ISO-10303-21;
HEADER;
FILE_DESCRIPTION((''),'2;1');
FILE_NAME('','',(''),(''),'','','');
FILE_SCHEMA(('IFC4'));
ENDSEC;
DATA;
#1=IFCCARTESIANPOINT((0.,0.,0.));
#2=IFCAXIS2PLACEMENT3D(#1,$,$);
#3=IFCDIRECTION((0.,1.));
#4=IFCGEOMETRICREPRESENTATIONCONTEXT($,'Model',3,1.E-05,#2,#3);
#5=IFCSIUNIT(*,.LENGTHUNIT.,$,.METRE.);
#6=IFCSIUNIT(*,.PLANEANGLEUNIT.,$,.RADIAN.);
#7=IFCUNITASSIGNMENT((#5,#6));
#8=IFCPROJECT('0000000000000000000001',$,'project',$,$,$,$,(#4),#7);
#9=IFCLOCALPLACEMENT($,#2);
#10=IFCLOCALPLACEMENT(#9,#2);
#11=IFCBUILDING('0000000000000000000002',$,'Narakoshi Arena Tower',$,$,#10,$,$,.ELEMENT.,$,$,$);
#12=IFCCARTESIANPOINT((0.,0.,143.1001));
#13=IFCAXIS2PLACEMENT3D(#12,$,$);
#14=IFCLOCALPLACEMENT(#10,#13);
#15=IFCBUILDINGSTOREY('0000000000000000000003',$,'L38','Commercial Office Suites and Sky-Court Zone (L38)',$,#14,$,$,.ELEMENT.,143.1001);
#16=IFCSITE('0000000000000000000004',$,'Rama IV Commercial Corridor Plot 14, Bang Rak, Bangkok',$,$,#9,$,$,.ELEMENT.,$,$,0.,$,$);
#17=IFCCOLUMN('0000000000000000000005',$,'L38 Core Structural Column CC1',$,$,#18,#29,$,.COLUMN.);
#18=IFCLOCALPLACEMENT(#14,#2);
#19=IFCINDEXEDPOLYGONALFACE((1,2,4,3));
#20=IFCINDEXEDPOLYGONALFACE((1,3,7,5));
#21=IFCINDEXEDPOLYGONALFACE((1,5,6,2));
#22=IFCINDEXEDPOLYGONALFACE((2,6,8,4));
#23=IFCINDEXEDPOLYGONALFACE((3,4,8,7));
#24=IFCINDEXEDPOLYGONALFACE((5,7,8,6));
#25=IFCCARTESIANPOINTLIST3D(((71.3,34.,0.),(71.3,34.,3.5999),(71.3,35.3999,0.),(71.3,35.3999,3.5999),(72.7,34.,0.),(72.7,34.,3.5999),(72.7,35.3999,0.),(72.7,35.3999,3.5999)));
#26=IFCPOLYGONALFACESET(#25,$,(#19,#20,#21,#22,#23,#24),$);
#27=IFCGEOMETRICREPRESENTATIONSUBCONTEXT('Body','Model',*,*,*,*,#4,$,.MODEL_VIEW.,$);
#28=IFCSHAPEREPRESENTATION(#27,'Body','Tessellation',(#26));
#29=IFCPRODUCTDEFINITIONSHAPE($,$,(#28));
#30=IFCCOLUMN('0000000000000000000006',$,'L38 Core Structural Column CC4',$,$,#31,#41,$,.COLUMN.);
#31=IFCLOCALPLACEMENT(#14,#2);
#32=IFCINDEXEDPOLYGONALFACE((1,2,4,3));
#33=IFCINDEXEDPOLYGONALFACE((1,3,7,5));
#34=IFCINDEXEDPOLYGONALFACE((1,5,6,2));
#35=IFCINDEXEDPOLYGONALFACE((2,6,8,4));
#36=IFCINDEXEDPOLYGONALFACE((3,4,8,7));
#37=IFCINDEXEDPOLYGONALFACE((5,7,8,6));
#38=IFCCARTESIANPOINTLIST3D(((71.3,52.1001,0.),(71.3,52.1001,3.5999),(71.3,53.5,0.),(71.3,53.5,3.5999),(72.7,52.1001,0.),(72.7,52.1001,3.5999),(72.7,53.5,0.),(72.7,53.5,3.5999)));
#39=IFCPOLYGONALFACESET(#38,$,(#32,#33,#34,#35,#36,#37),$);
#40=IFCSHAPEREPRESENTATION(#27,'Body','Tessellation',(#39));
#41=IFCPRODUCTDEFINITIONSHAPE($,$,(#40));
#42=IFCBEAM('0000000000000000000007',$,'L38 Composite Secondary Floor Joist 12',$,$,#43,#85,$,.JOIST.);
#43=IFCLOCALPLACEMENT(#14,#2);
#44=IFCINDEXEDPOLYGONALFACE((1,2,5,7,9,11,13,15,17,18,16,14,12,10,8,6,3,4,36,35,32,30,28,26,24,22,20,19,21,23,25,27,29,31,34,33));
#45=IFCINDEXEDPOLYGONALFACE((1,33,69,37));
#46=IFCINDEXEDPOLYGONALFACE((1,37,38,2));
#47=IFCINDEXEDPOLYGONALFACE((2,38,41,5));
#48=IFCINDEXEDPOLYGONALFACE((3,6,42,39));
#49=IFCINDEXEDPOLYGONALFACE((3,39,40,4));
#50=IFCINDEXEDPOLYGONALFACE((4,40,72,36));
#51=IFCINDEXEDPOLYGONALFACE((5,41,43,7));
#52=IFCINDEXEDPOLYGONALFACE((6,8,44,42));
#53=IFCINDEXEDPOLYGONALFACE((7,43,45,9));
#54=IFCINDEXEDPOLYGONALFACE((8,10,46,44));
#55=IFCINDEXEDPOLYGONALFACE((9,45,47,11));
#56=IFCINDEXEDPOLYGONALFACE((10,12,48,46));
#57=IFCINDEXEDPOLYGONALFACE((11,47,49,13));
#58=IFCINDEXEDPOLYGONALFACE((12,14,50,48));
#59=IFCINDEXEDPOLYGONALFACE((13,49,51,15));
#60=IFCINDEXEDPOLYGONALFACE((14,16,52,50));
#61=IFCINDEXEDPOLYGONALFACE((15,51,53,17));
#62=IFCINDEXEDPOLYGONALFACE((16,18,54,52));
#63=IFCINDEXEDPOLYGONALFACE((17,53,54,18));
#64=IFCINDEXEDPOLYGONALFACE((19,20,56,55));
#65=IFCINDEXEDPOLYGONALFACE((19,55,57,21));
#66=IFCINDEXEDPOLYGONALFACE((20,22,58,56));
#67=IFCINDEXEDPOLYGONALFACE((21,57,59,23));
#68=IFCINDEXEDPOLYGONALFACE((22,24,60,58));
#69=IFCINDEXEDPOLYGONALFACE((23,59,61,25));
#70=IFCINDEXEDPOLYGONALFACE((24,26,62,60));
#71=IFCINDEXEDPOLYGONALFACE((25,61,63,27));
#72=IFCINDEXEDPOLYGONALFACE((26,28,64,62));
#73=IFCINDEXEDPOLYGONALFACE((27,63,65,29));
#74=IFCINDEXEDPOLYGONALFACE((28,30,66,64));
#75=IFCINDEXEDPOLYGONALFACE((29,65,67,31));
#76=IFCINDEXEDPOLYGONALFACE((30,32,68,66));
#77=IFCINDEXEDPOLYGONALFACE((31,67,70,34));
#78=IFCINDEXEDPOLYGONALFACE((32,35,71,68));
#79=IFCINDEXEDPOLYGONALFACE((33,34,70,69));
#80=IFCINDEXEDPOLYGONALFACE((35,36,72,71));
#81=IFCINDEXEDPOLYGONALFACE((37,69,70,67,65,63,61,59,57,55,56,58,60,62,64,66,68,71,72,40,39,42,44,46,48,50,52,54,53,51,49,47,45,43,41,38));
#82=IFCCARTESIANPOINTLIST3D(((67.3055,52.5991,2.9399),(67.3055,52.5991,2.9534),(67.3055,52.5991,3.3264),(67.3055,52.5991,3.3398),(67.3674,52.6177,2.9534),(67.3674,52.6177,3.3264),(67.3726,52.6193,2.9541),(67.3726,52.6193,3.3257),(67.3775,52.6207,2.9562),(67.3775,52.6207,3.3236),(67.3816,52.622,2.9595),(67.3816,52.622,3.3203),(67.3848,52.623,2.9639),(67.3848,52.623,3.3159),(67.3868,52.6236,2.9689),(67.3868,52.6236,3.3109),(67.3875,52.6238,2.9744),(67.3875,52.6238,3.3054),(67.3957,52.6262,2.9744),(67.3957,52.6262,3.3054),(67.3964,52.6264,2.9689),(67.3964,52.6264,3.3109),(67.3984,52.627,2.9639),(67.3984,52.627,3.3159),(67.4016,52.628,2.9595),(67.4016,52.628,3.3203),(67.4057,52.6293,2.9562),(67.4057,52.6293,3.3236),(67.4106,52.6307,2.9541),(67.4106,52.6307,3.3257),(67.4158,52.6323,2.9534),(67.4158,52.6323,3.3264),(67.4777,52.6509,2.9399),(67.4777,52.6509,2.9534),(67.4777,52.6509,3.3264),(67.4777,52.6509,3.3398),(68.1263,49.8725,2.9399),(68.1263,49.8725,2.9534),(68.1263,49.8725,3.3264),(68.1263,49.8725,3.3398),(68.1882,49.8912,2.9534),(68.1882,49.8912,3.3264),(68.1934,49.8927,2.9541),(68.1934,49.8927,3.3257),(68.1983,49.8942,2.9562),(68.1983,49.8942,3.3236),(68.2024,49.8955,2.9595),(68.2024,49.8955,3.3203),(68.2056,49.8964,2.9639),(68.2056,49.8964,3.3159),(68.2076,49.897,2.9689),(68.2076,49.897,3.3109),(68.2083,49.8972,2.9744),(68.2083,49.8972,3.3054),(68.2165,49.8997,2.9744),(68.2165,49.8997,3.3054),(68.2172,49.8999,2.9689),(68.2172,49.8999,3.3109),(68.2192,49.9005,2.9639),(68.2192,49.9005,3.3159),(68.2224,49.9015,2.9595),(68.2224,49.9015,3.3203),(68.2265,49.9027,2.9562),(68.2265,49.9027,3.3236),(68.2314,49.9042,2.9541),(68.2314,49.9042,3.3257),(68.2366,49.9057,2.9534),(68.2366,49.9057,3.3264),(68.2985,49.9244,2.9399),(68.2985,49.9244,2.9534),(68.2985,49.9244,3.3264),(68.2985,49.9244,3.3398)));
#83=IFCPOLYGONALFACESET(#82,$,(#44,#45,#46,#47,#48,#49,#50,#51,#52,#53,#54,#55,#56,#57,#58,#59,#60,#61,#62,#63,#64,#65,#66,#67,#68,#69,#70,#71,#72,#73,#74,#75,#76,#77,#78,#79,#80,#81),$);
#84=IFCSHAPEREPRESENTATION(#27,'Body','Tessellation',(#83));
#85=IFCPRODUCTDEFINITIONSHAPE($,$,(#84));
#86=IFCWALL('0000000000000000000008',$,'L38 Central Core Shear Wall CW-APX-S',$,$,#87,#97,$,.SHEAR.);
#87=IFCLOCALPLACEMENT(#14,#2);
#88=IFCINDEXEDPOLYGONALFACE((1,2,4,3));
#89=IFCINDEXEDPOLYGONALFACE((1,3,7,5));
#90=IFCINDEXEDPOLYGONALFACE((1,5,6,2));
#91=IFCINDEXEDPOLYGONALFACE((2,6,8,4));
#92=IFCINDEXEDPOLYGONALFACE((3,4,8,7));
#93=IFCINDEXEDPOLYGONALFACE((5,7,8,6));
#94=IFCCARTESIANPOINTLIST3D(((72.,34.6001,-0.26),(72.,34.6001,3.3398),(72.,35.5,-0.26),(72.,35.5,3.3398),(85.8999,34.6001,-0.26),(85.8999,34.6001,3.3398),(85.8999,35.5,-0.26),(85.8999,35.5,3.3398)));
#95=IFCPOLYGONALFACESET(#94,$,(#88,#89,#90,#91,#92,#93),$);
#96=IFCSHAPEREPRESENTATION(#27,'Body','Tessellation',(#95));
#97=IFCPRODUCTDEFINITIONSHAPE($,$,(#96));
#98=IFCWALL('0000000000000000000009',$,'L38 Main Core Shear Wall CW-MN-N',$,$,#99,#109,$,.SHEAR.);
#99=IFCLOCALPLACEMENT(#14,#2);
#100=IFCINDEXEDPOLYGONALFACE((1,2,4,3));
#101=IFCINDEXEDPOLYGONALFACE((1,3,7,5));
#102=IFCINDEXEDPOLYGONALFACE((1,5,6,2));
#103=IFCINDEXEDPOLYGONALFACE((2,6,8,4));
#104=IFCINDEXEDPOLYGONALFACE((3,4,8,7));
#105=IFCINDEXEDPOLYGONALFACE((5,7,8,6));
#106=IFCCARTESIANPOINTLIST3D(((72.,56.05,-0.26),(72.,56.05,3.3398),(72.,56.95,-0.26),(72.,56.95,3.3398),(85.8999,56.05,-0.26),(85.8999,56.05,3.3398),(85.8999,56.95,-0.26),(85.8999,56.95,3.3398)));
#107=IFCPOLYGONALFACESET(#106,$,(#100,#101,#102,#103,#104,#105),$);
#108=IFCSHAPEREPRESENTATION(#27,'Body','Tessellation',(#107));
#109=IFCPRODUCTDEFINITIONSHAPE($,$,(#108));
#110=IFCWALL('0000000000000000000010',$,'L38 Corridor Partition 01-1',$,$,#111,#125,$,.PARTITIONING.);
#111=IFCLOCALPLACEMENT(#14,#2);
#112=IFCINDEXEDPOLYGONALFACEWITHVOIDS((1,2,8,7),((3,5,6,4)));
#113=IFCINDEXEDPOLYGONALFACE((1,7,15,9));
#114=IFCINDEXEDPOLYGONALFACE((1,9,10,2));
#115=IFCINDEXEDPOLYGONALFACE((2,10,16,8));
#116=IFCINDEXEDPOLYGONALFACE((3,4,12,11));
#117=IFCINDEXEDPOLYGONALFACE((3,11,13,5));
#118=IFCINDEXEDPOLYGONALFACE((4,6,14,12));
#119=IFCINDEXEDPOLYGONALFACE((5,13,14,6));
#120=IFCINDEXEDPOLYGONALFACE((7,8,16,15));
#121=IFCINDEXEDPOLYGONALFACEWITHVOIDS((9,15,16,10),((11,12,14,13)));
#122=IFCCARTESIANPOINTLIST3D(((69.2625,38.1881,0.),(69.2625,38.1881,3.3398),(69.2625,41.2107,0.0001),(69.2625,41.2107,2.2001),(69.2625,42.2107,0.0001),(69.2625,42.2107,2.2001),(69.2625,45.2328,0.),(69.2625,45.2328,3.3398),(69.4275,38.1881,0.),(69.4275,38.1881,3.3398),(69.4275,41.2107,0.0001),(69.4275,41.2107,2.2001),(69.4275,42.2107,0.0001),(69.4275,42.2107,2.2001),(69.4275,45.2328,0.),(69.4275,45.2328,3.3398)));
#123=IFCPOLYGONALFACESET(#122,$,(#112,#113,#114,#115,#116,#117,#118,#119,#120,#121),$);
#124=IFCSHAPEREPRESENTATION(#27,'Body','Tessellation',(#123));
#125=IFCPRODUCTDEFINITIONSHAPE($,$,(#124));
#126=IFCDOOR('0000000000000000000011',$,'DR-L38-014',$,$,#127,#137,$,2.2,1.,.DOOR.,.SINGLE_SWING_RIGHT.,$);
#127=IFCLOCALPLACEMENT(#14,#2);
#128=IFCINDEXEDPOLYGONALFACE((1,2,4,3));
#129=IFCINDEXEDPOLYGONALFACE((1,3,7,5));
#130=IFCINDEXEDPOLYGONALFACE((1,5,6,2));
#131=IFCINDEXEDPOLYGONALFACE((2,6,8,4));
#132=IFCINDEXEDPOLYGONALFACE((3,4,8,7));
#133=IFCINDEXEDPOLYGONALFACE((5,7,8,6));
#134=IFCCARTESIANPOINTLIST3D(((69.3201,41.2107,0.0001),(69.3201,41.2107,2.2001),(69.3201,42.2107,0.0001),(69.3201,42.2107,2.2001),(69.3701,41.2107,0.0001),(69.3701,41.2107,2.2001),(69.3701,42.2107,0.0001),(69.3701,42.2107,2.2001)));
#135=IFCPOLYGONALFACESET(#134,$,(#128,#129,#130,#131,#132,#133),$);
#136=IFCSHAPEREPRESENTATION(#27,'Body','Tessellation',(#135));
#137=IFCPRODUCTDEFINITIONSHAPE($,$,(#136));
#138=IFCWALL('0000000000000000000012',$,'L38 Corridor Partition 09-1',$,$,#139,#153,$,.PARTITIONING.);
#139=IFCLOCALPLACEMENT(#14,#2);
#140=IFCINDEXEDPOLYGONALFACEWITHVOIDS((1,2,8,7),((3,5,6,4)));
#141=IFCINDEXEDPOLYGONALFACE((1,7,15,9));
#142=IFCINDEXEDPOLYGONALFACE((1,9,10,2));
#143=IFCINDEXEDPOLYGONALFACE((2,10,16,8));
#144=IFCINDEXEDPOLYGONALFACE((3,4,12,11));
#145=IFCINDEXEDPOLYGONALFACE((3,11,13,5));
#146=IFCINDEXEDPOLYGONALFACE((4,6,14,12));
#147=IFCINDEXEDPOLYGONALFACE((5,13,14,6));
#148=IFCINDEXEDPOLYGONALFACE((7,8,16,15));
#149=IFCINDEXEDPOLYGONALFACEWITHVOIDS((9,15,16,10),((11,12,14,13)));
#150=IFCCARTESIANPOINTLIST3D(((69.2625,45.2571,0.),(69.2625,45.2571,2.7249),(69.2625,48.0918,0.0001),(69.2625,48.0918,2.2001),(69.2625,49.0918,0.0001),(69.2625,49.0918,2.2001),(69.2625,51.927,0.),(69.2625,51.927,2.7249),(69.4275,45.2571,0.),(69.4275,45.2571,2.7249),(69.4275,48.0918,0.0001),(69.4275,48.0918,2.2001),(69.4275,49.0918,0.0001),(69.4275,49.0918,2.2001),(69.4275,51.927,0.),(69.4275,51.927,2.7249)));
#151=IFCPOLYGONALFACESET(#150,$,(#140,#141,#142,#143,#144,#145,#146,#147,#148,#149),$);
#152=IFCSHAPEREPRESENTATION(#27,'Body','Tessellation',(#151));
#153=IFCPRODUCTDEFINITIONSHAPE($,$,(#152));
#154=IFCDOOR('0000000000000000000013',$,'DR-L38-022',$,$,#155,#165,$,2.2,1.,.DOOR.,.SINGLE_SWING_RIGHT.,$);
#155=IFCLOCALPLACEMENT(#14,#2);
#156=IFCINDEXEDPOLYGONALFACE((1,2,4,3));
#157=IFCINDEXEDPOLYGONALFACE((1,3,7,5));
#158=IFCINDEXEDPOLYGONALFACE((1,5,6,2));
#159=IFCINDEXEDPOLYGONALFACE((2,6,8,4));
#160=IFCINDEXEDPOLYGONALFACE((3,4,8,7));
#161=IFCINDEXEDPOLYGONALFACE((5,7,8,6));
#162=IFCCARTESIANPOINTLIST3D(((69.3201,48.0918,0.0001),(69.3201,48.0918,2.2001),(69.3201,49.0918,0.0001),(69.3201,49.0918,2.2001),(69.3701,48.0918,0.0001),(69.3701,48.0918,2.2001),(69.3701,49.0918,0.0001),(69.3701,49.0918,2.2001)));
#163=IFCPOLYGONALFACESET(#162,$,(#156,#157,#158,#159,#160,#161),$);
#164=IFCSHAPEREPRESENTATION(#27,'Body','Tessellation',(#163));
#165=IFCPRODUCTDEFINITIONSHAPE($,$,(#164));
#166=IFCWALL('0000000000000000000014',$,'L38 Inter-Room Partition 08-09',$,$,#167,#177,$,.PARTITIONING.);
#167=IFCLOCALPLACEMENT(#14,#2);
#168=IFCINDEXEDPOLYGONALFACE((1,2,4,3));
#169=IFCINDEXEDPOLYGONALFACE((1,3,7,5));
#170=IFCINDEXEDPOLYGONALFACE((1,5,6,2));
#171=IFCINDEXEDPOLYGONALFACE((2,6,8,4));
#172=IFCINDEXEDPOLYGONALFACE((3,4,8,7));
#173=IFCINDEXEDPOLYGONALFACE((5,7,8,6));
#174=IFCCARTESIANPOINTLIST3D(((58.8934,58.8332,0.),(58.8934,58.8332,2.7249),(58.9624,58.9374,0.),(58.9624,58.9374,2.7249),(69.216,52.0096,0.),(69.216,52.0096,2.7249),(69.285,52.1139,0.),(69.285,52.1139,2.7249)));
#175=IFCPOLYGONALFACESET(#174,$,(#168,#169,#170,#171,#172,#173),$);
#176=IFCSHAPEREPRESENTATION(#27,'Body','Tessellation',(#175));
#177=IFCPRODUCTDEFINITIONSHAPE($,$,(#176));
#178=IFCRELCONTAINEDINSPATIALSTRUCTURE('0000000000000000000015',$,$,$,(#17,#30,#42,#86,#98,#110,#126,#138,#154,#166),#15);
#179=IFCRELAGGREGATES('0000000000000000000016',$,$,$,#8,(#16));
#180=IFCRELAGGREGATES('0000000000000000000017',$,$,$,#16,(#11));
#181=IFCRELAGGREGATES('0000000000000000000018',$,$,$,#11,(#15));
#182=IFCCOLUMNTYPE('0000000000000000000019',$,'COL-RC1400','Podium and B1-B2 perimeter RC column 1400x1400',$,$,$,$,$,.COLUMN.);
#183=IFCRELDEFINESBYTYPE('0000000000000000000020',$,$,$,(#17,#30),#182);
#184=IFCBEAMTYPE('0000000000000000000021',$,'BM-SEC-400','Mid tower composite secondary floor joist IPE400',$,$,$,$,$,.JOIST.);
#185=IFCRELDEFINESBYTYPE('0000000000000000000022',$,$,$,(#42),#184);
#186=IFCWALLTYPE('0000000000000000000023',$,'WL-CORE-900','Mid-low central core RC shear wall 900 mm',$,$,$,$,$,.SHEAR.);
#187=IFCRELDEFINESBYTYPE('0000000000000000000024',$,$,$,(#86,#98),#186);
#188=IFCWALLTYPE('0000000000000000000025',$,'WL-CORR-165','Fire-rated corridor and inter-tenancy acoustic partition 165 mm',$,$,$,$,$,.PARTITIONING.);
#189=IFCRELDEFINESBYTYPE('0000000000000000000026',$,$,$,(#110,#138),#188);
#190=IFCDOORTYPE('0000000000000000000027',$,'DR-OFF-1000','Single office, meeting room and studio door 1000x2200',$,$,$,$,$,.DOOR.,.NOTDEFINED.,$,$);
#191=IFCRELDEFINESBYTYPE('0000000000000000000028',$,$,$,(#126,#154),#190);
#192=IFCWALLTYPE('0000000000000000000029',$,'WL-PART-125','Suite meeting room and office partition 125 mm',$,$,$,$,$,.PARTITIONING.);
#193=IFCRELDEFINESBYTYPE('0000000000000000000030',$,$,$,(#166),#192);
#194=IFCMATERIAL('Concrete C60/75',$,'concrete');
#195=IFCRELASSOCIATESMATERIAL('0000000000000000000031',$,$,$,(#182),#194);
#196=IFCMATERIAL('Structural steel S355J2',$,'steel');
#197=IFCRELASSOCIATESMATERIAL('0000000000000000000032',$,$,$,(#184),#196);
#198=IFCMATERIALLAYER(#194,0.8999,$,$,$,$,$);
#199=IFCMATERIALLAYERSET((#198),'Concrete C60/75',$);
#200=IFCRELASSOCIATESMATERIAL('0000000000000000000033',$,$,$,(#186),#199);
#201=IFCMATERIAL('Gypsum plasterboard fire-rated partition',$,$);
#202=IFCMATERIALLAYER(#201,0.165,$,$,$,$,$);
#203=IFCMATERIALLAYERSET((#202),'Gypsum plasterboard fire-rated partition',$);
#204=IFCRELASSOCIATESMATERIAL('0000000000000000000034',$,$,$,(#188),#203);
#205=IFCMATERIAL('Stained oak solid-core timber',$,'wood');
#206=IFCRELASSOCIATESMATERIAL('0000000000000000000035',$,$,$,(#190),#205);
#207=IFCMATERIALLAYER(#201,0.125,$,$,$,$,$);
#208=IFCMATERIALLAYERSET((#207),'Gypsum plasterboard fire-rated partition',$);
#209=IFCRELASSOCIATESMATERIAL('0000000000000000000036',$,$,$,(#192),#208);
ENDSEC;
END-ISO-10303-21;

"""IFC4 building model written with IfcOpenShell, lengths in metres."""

from ifc_helpers import new_model, si_unit, direction, frame, frame_2d, origin, origin_2d, place, context, subcontext, project, spatial, rectangle, i_section, extrude, material, layer, layer_set, material_profile, profile_set, type_object, element, fill, save


model = new_model("IFC4")

# Units and contexts
model_context = context("Model", 3, precision=1e-05, world=origin(), true_north=direction((0.0, 1.0)))
body_context = subcontext(model_context, "Body", "Model", "MODEL_VIEW")
ifc_project = project(units=[si_unit("LENGTHUNIT", "METRE"), si_unit("PLANEANGLEUNIT", "RADIAN")], contexts=[model_context])

# Site, building, storey
site_placement = place(None, origin())
site = spatial("IfcSite", under=ifc_project, at=site_placement, Name="Rama IV Commercial Corridor Plot 14, Bang Rak, Bangkok", CompositionType="ELEMENT", RefElevation=0.0)
building_placement = place(site_placement, origin())
building = spatial("IfcBuilding", under=site, at=building_placement, Name="Narakoshi Arena Tower", CompositionType="ELEMENT")
storey_placement = place(building_placement, frame((0.0, 0.0, 143.1001)))
storey = spatial("IfcBuildingStorey", under=building, at=storey_placement, Name="L38", Description="Commercial Office Suites and Sky-Court Zone (L38)", CompositionType="ELEMENT", Elevation=143.1001)

# Columns
ifc_material_1 = material(Name="Concrete C60/75", Category="concrete")
ifc_material_profile_1 = material_profile(ifc_material_1, rectangle(XDim=1.3999, YDim=1.3999, at=origin_2d()), Name="RC1400x1400")
ifc_profile_set_1 = profile_set([ifc_material_profile_1], Name="Concrete C60/75")
column_type = type_object("IfcColumnType", Name="COL-RC1400", Description="Podium and B1-B2 perimeter RC column 1400x1400", PredefinedType="COLUMN", material=ifc_profile_set_1)
for number, where, z_axis, x_axis, name in (
    (1, (72.0, 34.7, 0.0), (0.0, 0.0, 1.0), (1.0, 0.0, 0.0), "L38 Core Structural Column CC1"),
    (2, (72.0, 52.8, 0.0), (0.0, 0.0, 1.0), (1.0, 0.0, 0.0), "L38 Core Structural Column CC4"),
):
    element("IfcColumn", number, at=place(storey_placement, frame(where, z_axis=z_axis, x_axis=x_axis)), inside=storey, type_object=column_type, Name=name, PredefinedType="COLUMN", context=body_context, shape_type="SweptSolid", body=[
        extrude(rectangle(XDim=1.3999, YDim=1.3999, at=origin_2d()), origin(), (0.0, 0.0, 1.0), 3.5999),
    ])

# Beam
ifc_material_2 = material(Name="Structural steel S355J2", Category="steel")
ifc_material_profile_2 = material_profile(ifc_material_2, i_section(OverallWidth=0.1799, OverallDepth=0.3999, WebThickness=0.0085, FlangeThickness=0.0134, FilletRadius=0.021, at=origin_2d()), Name="IPE400")
ifc_profile_set_2 = profile_set([ifc_material_profile_2], Name="Structural steel S355J2")
beam_type = type_object("IfcBeamType", Name="BM-SEC-400", Description="Mid tower composite secondary floor joist IPE400", PredefinedType="JOIST", material=ifc_profile_set_2)
beam_placement = place(storey_placement, frame((67.3916, 52.625, 3.1399), z_axis=(0.28826, -0.957552, 0.0), x_axis=(0.957552, 0.28826, 0.0)))
element("IfcBeam", 3, at=beam_placement, inside=storey, type_object=beam_type, Name="L38 Composite Secondary Floor Joist 12", PredefinedType="JOIST", context=body_context, shape_type="SweptSolid", body=[
    extrude(i_section(OverallWidth=0.1799, OverallDepth=0.3999, WebThickness=0.0085, FlangeThickness=0.0134, FilletRadius=0.021, at=origin_2d()), origin(), (0.0, 0.0, 1.0), 2.8474),
])

# Walls
ifc_layer_1 = layer(ifc_material_1, 0.8999)
ifc_layer_set_1 = layer_set([ifc_layer_1], Name="Concrete C60/75")
wall_type_1 = type_object("IfcWallType", Name="WL-CORE-900", Description="Mid-low central core RC shear wall 900 mm", PredefinedType="SHEAR", material=ifc_layer_set_1)
for number, where, z_axis, x_axis, name in (
    (4, (72.0, 35.05, -0.26), (0.0, 0.0, 1.0), (1.0, 0.0, 0.0), "L38 Central Core Shear Wall CW-APX-S"),
    (5, (72.0, 56.5, -0.26), (0.0, 0.0, 1.0), (1.0, 0.0, 0.0), "L38 Main Core Shear Wall CW-MN-N"),
):
    element("IfcWall", number, at=place(storey_placement, frame(where, z_axis=z_axis, x_axis=x_axis)), inside=storey, type_object=wall_type_1, Name=name, PredefinedType="SHEAR", context=body_context, shape_type="SweptSolid", body=[
        extrude(rectangle(XDim=13.8999, YDim=0.8999, at=frame_2d((6.95, 0.0))), origin(), (0.0, 0.0, 1.0), 3.5999),
    ])

# Walls, openings, doors
ifc_material_3 = material(Name="Gypsum plasterboard fire-rated partition")
ifc_layer_2 = layer(ifc_material_3, 0.165)
ifc_layer_set_2 = layer_set([ifc_layer_2], Name="Gypsum plasterboard fire-rated partition")
wall_type_2 = type_object("IfcWallType", Name="WL-CORR-165", Description="Fire-rated corridor and inter-tenancy acoustic partition 165 mm", PredefinedType="PARTITIONING", material=ifc_layer_set_2)
wall_1_placement = place(storey_placement, frame((69.345, 45.2329, 0.0), z_axis=(0.0, 0.0, 1.0), x_axis=(0.0, -1.0, 0.0)))
wall_1 = element("IfcWall", 6, at=wall_1_placement, inside=storey, type_object=wall_type_2, Name="L38 Corridor Partition 01-1", PredefinedType="PARTITIONING", context=body_context, shape_type="SweptSolid", body=[
    extrude(rectangle(XDim=7.0447, YDim=0.165, at=frame_2d((3.5225, 0.0))), origin(), (0.0, 0.0, 1.0), 3.3398),
])
opening_1_placement = place(wall_1_placement, frame((3.0222, 0.0, 0.0)))
opening_1 = element("IfcOpeningElement", 7, at=opening_1_placement, cuts=wall_1, PredefinedType="OPENING", context=body_context, shape_type="SweptSolid", body=[
    extrude(rectangle(XDim=1.0, YDim=2.2, at=frame_2d((0.5, 1.1001))), frame((0.0, 0.0925, 0.0), z_axis=(0.0, -1.0, 0.0), x_axis=(1.0, 0.0, 0.0)), (0.0, 0.0, 1.0), 0.1851),
])
ifc_material_4 = material(Name="Stained oak solid-core timber", Category="wood")
door_type_1 = type_object("IfcDoorType", Name="DR-OFF-1000", Description="Single office, meeting room and studio door 1000x2200", OperationType="NOTDEFINED", PredefinedType="DOOR", material=ifc_material_4)
door_1_placement = place(opening_1_placement, frame((1.0, 0.0, 0.0), z_axis=(0.0, 0.0, 1.0), x_axis=(-1.0, 0.0, 0.0)))
door_1 = element("IfcDoor", 8, at=door_1_placement, inside=storey, type_object=door_type_1, Name="DR-L38-014", OperationType="SINGLE_SWING_RIGHT", OverallHeight=2.2, OverallWidth=1.0, PredefinedType="DOOR", context=body_context, shape_type="SweptSolid", body=[
    extrude(rectangle(XDim=1.0, YDim=2.2, at=frame_2d((0.5, 1.1001))), frame((0.0, 0.0249, 0.0), z_axis=(0.0, -1.0, 0.0), x_axis=(1.0, 0.0, 0.0)), (0.0, 0.0, 1.0), 0.05),
])
fill(opening_1, door_1)
wall_2_placement = place(storey_placement, frame((69.345, 51.927, 0.0), z_axis=(0.0, 0.0, 1.0), x_axis=(0.0, -1.0, 0.0)))
wall_2 = element("IfcWall", 9, at=wall_2_placement, inside=storey, type_object=wall_type_2, Name="L38 Corridor Partition 09-1", PredefinedType="PARTITIONING", context=body_context, shape_type="SweptSolid", body=[
    extrude(rectangle(XDim=6.6699, YDim=0.165, at=frame_2d((3.335, 0.0))), origin(), (0.0, 0.0, 1.0), 2.7249),
])
opening_2_placement = place(wall_2_placement, frame((2.8352, 0.0, 0.0)))
opening_2 = element("IfcOpeningElement", 10, at=opening_2_placement, cuts=wall_2, PredefinedType="OPENING", context=body_context, shape_type="SweptSolid", body=[
    extrude(rectangle(XDim=1.0, YDim=2.2, at=frame_2d((0.5, 1.1001))), frame((0.0, 0.0925, 0.0), z_axis=(0.0, -1.0, 0.0), x_axis=(1.0, 0.0, 0.0)), (0.0, 0.0, 1.0), 0.1851),
])
door_2_placement = place(opening_2_placement, frame((1.0, 0.0, 0.0), z_axis=(0.0, 0.0, 1.0), x_axis=(-1.0, 0.0, 0.0)))
door_2 = element("IfcDoor", 11, at=door_2_placement, inside=storey, type_object=door_type_1, Name="DR-L38-022", OperationType="SINGLE_SWING_RIGHT", OverallHeight=2.2, OverallWidth=1.0, PredefinedType="DOOR", context=body_context, shape_type="SweptSolid", body=[
    extrude(rectangle(XDim=1.0, YDim=2.2, at=frame_2d((0.5, 1.1001))), frame((0.0, 0.0249, 0.0), z_axis=(0.0, -1.0, 0.0), x_axis=(1.0, 0.0, 0.0)), (0.0, 0.0, 1.0), 0.05),
])
fill(opening_2, door_2)

# Wall
ifc_layer_3 = layer(ifc_material_3, 0.125)
ifc_layer_set_3 = layer_set([ifc_layer_3], Name="Gypsum plasterboard fire-rated partition")
wall_type_3 = type_object("IfcWallType", Name="WL-PART-125", Description="Suite meeting room and office partition 125 mm", PredefinedType="PARTITIONING", material=ifc_layer_set_3)
wall_3_placement = place(storey_placement, frame((69.2505, 52.0618, 0.0), z_axis=(0.0, 0.0, 1.0), x_axis=(-0.834214, 0.55144, 0.0)))
element("IfcWall", 12, at=wall_3_placement, inside=storey, type_object=wall_type_3, Name="L38 Inter-Room Partition 08-09", PredefinedType="PARTITIONING", context=body_context, shape_type="SweptSolid", body=[
    extrude(rectangle(XDim=12.374, YDim=0.125, at=frame_2d((6.187, 0.0))), origin(), (0.0, 0.0, 1.0), 2.7249),
])

save(model, "model.ifc")
